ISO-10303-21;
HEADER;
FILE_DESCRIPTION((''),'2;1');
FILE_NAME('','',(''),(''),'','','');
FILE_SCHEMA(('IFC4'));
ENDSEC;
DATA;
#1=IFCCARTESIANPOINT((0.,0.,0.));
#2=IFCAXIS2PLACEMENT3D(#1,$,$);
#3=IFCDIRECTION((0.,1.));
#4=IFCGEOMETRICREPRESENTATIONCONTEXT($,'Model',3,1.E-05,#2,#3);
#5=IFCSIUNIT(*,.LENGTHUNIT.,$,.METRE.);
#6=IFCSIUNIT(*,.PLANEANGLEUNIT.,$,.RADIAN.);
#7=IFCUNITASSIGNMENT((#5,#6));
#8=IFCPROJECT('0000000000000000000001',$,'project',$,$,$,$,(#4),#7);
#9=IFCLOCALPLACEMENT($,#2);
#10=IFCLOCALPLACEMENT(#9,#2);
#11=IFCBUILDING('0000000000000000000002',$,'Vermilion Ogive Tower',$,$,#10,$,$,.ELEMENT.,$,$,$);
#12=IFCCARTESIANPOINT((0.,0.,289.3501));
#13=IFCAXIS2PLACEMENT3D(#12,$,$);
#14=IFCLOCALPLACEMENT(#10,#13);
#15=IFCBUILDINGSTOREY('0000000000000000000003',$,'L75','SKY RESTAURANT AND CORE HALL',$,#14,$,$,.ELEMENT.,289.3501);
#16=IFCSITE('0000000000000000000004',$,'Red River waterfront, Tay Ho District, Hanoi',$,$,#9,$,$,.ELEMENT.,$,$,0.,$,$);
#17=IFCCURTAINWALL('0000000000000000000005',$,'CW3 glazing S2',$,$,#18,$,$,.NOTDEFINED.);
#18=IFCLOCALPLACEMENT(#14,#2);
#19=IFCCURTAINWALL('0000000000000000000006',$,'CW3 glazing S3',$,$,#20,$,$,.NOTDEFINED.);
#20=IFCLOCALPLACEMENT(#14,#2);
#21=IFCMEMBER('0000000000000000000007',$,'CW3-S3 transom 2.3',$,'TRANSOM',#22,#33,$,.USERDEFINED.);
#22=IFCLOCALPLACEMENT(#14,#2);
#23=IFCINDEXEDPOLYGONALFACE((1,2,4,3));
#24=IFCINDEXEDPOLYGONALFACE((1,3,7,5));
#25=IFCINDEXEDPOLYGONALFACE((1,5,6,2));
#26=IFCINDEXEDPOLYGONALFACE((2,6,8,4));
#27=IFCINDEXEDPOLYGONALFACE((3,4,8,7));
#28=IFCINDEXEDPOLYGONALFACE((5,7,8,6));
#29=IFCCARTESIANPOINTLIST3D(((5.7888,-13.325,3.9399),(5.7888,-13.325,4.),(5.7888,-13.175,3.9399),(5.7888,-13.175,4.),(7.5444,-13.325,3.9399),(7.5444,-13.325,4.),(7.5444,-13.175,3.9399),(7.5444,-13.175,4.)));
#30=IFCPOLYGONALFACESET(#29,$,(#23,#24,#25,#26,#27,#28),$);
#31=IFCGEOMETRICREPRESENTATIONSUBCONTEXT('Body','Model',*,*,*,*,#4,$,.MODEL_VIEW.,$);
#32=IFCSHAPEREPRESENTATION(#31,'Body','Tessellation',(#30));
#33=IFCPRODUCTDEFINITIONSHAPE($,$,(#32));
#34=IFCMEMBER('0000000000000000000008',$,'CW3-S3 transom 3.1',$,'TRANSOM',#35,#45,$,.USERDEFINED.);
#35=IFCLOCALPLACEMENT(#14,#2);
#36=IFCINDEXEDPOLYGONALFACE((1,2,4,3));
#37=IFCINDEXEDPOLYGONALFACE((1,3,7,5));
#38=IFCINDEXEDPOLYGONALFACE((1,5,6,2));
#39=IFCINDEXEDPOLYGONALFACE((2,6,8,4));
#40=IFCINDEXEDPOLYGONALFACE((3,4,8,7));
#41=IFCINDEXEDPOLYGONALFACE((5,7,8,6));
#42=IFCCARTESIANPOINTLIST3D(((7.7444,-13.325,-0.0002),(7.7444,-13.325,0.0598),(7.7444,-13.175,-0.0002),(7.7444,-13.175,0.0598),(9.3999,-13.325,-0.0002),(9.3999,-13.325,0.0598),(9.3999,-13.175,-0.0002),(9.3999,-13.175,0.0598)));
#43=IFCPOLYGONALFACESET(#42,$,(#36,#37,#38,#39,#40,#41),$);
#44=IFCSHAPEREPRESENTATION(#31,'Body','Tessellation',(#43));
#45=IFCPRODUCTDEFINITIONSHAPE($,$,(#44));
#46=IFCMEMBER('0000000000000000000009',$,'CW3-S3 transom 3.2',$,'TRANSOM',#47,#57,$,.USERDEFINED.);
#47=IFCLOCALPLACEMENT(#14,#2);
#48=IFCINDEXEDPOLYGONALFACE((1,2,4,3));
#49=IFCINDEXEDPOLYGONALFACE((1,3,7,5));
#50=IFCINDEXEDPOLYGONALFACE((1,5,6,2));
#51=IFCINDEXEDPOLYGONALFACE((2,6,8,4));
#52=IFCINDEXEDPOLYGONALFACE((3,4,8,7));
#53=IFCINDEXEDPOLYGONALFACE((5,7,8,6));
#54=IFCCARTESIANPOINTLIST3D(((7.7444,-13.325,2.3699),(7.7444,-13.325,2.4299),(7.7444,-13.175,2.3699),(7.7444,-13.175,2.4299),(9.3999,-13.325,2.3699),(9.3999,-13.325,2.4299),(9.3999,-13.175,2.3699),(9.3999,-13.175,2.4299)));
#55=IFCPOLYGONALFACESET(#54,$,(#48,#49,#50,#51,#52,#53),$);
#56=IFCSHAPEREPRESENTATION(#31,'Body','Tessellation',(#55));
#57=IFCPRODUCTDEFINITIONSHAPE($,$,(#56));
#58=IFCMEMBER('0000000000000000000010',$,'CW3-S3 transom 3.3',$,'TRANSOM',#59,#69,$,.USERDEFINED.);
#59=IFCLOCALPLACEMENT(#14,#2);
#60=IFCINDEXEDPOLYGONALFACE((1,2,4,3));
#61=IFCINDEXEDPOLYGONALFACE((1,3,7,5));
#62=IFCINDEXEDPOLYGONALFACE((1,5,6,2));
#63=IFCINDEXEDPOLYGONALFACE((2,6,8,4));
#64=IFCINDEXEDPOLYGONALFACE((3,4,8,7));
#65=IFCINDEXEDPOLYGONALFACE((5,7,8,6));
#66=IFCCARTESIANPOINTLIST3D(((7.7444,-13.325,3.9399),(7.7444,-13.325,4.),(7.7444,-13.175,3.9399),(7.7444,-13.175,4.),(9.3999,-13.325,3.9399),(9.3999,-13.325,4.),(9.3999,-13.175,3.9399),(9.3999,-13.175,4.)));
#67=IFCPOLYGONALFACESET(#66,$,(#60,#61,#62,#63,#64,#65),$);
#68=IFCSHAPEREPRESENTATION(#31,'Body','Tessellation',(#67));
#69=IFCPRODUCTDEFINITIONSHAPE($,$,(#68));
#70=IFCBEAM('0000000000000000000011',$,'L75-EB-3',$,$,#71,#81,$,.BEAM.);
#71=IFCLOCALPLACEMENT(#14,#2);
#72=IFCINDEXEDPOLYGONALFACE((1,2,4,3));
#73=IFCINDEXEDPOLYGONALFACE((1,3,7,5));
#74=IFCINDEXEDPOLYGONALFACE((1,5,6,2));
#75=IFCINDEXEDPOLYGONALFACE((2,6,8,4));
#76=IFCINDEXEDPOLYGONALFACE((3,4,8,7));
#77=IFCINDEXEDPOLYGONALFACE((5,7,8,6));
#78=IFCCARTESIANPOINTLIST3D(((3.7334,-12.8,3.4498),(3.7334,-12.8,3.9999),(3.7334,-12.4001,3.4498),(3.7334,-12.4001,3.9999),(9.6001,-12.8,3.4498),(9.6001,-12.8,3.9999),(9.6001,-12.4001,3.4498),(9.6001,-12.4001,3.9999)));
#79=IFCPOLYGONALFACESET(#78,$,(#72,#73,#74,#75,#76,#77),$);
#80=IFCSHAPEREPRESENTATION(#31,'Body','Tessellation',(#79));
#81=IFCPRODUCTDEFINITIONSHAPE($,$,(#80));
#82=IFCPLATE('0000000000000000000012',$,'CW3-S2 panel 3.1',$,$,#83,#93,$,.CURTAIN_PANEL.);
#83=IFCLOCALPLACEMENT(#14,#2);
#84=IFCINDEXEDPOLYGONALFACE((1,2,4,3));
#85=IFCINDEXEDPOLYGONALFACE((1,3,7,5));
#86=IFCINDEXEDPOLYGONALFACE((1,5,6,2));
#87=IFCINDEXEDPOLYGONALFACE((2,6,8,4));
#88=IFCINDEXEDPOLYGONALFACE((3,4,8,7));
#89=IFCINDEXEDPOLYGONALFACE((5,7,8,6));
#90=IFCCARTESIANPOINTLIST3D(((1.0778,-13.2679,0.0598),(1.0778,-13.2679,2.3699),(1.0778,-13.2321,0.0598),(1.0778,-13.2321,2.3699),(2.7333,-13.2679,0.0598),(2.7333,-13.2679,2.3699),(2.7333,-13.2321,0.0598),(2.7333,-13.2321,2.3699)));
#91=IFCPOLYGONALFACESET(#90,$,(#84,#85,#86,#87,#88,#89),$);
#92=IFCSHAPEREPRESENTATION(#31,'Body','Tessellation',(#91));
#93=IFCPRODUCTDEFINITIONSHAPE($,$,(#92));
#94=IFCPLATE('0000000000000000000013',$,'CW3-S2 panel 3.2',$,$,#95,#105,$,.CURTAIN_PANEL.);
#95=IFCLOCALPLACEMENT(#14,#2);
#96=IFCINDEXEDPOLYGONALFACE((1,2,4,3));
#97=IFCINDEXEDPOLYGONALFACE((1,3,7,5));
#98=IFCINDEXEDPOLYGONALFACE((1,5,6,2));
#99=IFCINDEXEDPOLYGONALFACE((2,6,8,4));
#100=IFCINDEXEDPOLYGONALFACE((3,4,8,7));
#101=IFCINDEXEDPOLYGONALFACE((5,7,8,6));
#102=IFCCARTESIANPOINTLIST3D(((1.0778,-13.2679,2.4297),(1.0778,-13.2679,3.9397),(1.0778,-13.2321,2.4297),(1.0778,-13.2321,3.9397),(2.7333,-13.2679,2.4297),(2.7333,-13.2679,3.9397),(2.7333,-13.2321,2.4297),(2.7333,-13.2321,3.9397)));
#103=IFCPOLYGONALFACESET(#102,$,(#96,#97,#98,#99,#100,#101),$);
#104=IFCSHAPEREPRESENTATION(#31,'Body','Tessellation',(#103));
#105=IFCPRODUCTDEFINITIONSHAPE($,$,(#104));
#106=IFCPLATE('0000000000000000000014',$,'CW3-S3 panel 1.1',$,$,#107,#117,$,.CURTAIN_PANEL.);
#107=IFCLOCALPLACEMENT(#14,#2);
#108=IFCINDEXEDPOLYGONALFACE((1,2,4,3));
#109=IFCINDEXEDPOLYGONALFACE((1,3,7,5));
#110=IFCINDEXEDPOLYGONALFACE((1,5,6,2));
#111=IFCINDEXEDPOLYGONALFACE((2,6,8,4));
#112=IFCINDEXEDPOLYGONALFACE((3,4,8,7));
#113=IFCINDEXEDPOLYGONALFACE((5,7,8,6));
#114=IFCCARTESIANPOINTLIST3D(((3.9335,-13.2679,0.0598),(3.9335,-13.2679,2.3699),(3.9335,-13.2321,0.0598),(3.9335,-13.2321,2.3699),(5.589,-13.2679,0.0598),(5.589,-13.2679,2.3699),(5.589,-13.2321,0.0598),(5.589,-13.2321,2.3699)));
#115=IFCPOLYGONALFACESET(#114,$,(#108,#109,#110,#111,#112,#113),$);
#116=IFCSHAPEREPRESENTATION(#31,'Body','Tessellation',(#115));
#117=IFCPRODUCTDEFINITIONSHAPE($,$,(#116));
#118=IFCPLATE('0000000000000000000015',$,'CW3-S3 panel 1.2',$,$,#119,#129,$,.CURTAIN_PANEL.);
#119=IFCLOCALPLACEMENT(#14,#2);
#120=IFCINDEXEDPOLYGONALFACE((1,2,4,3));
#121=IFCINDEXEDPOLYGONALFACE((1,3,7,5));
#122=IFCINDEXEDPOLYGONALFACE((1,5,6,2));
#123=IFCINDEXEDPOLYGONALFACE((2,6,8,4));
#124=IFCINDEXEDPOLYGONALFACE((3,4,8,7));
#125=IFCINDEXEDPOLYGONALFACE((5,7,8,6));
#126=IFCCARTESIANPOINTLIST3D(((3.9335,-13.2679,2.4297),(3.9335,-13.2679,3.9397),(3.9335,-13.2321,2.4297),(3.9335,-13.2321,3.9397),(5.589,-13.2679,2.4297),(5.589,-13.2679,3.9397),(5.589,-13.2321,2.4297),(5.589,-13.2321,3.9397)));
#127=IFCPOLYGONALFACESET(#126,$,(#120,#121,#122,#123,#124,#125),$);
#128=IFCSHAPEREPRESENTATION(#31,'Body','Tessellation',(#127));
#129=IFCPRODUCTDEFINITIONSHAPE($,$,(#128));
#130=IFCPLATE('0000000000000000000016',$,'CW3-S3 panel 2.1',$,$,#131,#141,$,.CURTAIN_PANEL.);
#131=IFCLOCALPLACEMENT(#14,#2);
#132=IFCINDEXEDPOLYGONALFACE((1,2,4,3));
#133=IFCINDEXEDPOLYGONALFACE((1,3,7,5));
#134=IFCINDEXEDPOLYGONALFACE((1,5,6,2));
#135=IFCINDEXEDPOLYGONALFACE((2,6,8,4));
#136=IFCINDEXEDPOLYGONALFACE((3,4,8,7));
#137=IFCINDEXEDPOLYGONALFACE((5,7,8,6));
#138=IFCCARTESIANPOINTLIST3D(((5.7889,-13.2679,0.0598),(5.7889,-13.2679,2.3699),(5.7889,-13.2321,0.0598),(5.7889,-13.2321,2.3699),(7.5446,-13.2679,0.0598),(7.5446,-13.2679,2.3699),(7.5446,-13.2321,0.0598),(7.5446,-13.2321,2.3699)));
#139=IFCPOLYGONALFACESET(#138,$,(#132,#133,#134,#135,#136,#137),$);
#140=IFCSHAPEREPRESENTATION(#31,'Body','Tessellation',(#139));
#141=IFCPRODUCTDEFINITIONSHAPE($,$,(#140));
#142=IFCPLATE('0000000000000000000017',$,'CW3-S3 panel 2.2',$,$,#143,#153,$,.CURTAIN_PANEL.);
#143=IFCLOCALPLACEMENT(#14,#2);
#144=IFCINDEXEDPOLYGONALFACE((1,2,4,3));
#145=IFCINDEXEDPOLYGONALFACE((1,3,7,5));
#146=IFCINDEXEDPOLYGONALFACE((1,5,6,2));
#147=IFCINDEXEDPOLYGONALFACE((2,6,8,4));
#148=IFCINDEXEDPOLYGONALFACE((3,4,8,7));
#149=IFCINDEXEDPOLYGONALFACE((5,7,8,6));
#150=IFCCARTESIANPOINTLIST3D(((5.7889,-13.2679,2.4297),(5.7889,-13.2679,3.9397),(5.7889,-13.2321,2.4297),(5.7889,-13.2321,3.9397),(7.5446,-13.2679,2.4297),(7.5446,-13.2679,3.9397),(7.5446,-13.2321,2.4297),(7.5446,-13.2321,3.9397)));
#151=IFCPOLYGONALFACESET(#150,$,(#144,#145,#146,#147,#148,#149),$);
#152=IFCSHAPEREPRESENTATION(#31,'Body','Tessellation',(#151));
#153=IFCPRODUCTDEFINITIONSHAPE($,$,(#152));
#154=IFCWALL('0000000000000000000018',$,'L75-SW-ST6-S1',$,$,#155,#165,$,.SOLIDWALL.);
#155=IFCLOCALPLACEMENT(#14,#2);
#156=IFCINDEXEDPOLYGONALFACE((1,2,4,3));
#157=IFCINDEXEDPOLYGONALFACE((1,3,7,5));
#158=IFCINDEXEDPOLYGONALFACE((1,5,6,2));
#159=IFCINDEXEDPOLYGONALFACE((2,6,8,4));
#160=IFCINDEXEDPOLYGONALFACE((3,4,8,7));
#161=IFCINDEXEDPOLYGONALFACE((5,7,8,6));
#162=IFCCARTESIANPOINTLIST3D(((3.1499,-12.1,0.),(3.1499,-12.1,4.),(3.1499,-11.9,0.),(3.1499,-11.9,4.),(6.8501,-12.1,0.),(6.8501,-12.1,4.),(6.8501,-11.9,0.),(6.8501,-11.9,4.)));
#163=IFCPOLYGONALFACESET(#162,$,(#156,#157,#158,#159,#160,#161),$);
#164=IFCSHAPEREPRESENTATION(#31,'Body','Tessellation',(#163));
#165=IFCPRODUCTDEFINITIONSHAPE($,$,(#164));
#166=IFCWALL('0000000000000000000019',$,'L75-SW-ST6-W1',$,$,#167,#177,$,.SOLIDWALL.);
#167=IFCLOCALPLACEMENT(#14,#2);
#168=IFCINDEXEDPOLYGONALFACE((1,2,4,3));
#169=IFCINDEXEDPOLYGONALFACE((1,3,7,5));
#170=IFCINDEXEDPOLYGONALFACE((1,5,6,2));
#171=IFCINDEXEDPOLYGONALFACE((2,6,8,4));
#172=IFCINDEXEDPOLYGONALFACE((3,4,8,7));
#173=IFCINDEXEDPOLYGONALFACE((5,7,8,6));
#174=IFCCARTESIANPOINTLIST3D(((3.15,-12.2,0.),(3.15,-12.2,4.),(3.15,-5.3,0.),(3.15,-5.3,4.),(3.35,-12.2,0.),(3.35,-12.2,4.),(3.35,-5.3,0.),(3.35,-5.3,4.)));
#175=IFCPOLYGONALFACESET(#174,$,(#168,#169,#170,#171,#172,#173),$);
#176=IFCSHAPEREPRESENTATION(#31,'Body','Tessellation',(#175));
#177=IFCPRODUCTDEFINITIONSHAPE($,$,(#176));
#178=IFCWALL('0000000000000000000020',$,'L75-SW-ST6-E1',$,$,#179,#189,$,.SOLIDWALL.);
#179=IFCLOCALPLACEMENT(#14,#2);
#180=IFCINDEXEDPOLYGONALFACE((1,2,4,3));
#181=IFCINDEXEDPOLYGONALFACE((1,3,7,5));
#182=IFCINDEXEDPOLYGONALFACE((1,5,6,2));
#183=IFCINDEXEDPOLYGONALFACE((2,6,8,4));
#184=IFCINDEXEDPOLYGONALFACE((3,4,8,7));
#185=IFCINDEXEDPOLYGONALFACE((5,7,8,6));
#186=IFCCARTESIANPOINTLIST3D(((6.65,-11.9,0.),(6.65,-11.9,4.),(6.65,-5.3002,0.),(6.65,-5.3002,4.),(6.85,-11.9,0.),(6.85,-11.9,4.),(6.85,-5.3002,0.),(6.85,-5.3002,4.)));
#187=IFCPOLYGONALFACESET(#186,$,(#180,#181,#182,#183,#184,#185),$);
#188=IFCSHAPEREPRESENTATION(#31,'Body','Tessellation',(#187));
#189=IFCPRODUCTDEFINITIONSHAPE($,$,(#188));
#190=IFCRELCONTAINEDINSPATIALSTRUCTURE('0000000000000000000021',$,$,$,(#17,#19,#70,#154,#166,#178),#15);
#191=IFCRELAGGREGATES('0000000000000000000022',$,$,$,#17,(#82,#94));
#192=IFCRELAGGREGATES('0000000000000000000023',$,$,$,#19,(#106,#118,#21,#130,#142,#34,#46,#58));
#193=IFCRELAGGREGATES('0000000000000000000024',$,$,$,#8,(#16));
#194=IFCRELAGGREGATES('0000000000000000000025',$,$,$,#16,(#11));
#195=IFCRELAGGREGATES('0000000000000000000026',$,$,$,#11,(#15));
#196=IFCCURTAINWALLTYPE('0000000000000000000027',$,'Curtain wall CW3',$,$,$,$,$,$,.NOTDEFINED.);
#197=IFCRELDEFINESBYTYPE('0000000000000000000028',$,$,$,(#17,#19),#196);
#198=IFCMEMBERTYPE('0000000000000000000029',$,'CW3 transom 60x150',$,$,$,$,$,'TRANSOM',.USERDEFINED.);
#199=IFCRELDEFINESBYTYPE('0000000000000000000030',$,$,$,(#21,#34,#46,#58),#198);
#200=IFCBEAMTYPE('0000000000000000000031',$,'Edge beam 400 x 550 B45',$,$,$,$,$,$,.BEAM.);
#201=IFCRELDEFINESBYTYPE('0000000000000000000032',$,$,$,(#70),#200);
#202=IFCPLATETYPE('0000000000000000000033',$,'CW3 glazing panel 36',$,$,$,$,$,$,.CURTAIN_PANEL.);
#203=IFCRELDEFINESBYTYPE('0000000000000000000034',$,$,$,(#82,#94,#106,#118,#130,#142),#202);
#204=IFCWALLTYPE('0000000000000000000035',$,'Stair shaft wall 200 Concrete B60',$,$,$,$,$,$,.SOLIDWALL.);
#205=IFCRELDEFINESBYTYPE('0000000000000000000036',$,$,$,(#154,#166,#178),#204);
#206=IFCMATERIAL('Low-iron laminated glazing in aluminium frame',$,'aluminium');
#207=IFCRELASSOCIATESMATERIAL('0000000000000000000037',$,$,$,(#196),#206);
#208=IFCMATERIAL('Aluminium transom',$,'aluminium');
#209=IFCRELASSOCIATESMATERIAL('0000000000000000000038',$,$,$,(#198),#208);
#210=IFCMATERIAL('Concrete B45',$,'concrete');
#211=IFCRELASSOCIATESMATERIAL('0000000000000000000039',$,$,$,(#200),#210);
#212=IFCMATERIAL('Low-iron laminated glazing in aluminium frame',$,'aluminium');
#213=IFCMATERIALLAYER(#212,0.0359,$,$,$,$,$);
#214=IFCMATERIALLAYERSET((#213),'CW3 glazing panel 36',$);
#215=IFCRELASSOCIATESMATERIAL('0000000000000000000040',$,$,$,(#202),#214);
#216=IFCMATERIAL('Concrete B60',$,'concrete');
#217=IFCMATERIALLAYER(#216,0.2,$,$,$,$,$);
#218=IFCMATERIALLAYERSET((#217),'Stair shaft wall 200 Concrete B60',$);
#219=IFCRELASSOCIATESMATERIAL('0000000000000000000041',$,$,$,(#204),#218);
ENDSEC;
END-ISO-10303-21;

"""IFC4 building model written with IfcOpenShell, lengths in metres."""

from ifc_helpers import new_model, si_unit, direction, frame, frame_2d, origin, origin_2d, place, context, subcontext, project, spatial, rectangle, extrude, material, layer, layer_set, material_profile, profile_set, type_object, element, aggregate, save


model = new_model("IFC4")

# Units and contexts
model_context = context("Model", 3, precision=1e-05, world=origin(), true_north=direction((0.0, 1.0)))
body_context = subcontext(model_context, "Body", "Model", "MODEL_VIEW")
ifc_project = project(units=[si_unit("LENGTHUNIT", "METRE"), si_unit("PLANEANGLEUNIT", "RADIAN")], contexts=[model_context])

# Site, building, storey
site_placement = place(None, origin())
site = spatial("IfcSite", under=ifc_project, at=site_placement, Name="Red River waterfront, Tay Ho District, Hanoi", CompositionType="ELEMENT", RefElevation=0.0)
building_placement = place(site_placement, origin())
building = spatial("IfcBuilding", under=site, at=building_placement, Name="Vermilion Ogive Tower", CompositionType="ELEMENT")
storey_placement = place(building_placement, frame((0.0, 0.0, 289.3501)))
storey = spatial("IfcBuildingStorey", under=building, at=storey_placement, Name="L75", Description="SKY RESTAURANT AND CORE HALL", CompositionType="ELEMENT", Elevation=289.3501)

# Curtain walls
ifc_material_1 = material(Name="Low-iron laminated glazing in aluminium frame", Category="aluminium")
curtain_wall_type = type_object("IfcCurtainWallType", Name="Curtain wall CW3", PredefinedType="NOTDEFINED", material=ifc_material_1)
curtain_wall_1_placement = place(storey_placement, origin())
curtain_wall_1 = element("IfcCurtainWall", 1, at=curtain_wall_1_placement, inside=storey, type_object=curtain_wall_type, Name="CW3 glazing S2", PredefinedType="NOTDEFINED")
curtain_wall_2_placement = place(storey_placement, origin())
curtain_wall_2 = element("IfcCurtainWall", 2, at=curtain_wall_2_placement, inside=storey, type_object=curtain_wall_type, Name="CW3 glazing S3", PredefinedType="NOTDEFINED")

# Members
ifc_material_2 = material(Name="Aluminium transom", Category="aluminium")
ifc_material_profile_1 = material_profile(ifc_material_2, rectangle(XDim=0.1499, YDim=0.0601, at=origin_2d()), Name="AL 60x150")
ifc_profile_set_1 = profile_set([ifc_material_profile_1], Name="Aluminium transom")
member_type_1 = type_object("IfcMemberType", Name="CW3 transom 60x150", ElementType="TRANSOM", PredefinedType="USERDEFINED", material=ifc_profile_set_1)
member_1_placement = place(storey_placement, frame((5.7888, -13.25, 3.97), z_axis=(1.0, 0.0, 0.0), x_axis=(0.0, 1.0, 0.0)))
member_1 = element("IfcMember", 3, at=member_1_placement, type_object=member_type_1, Name="CW3-S3 transom 2.3", ObjectType="TRANSOM", PredefinedType="USERDEFINED", context=body_context, shape_type="SweptSolid", body=[
    extrude(rectangle(XDim=0.1499, YDim=0.0601, at=origin_2d()), origin(), (0.0, 0.0, 1.0), 1.7556),
])
member_2_placement = place(storey_placement, frame((7.7444, -13.25, 0.0298), z_axis=(1.0, 0.0, 0.0), x_axis=(0.0, 1.0, 0.0)))
member_2 = element("IfcMember", 4, at=member_2_placement, type_object=member_type_1, Name="CW3-S3 transom 3.1", ObjectType="TRANSOM", PredefinedType="USERDEFINED", context=body_context, shape_type="SweptSolid", body=[
    extrude(rectangle(XDim=0.1499, YDim=0.0601, at=origin_2d()), origin(), (0.0, 0.0, 1.0), 1.6555),
])
member_3_placement = place(storey_placement, frame((7.7444, -13.25, 2.3999), z_axis=(1.0, 0.0, 0.0), x_axis=(0.0, 1.0, 0.0)))
member_3 = element("IfcMember", 5, at=member_3_placement, type_object=member_type_1, Name="CW3-S3 transom 3.2", ObjectType="TRANSOM", PredefinedType="USERDEFINED", context=body_context, shape_type="SweptSolid", body=[
    extrude(rectangle(XDim=0.1499, YDim=0.0601, at=origin_2d()), origin(), (0.0, 0.0, 1.0), 1.6555),
])
member_4_placement = place(storey_placement, frame((7.7444, -13.25, 3.97), z_axis=(1.0, 0.0, 0.0), x_axis=(0.0, 1.0, 0.0)))
member_4 = element("IfcMember", 6, at=member_4_placement, type_object=member_type_1, Name="CW3-S3 transom 3.3", ObjectType="TRANSOM", PredefinedType="USERDEFINED", context=body_context, shape_type="SweptSolid", body=[
    extrude(rectangle(XDim=0.1499, YDim=0.0601, at=origin_2d()), origin(), (0.0, 0.0, 1.0), 1.6555),
])

# Beam
ifc_material_3 = material(Name="Concrete B45", Category="concrete")
ifc_material_profile_2 = material_profile(ifc_material_3, rectangle(XDim=0.3999, YDim=0.55, at=origin_2d()), Name="400 x 550")
ifc_profile_set_2 = profile_set([ifc_material_profile_2], Name="Concrete B45")
beam_type = type_object("IfcBeamType", Name="Edge beam 400 x 550 B45", PredefinedType="BEAM", material=ifc_profile_set_2)
beam_placement = place(storey_placement, frame((3.7334, -12.6001, 3.7249), z_axis=(1.0, 0.0, 0.0), x_axis=(0.0, 1.0, 0.0)))
element("IfcBeam", 7, at=beam_placement, inside=storey, type_object=beam_type, Name="L75-EB-3", PredefinedType="BEAM", context=body_context, shape_type="SweptSolid", body=[
    extrude(rectangle(XDim=0.3999, YDim=0.55, at=origin_2d()), origin(), (0.0, 0.0, 1.0), 5.8667),
])

# Plates
ifc_material_4 = material(Name="Low-iron laminated glazing in aluminium frame", Category="aluminium")
ifc_layer_1 = layer(ifc_material_4, 0.0359)
ifc_layer_set_1 = layer_set([ifc_layer_1], Name="CW3 glazing panel 36")
plate_type = type_object("IfcPlateType", Name="CW3 glazing panel 36", PredefinedType="CURTAIN_PANEL", material=ifc_layer_set_1)
plate_1_placement = place(storey_placement, frame((1.9055, -13.25, 0.0598), z_axis=(0.0, 0.0, 1.0), x_axis=(1.0, 0.0, 0.0)))
plate_1 = element("IfcPlate", 8, at=plate_1_placement, type_object=plate_type, Name="CW3-S2 panel 3.1", PredefinedType="CURTAIN_PANEL", context=body_context, shape_type="SweptSolid", body=[
    extrude(rectangle(XDim=1.6555, YDim=0.0359, at=origin_2d()), origin(), (0.0, 0.0, 1.0), 2.3101),
])
plate_2_placement = place(storey_placement, frame((1.9055, -13.25, 2.4297), z_axis=(0.0, 0.0, 1.0), x_axis=(1.0, 0.0, 0.0)))
plate_2 = element("IfcPlate", 9, at=plate_2_placement, type_object=plate_type, Name="CW3-S2 panel 3.2", PredefinedType="CURTAIN_PANEL", context=body_context, shape_type="SweptSolid", body=[
    extrude(rectangle(XDim=1.6555, YDim=0.0359, at=origin_2d()), origin(), (0.0, 0.0, 1.0), 1.51),
])
aggregate(curtain_wall_1, [plate_1, plate_2])
plate_3_placement = place(storey_placement, frame((4.7612, -13.25, 0.0598), z_axis=(0.0, 0.0, 1.0), x_axis=(1.0, 0.0, 0.0)))
plate_3 = element("IfcPlate", 10, at=plate_3_placement, type_object=plate_type, Name="CW3-S3 panel 1.1", PredefinedType="CURTAIN_PANEL", context=body_context, shape_type="SweptSolid", body=[
    extrude(rectangle(XDim=1.6555, YDim=0.0359, at=origin_2d()), origin(), (0.0, 0.0, 1.0), 2.3101),
])
plate_4_placement = place(storey_placement, frame((4.7612, -13.25, 2.4297), z_axis=(0.0, 0.0, 1.0), x_axis=(1.0, 0.0, 0.0)))
plate_4 = element("IfcPlate", 11, at=plate_4_placement, type_object=plate_type, Name="CW3-S3 panel 1.2", PredefinedType="CURTAIN_PANEL", context=body_context, shape_type="SweptSolid", body=[
    extrude(rectangle(XDim=1.6555, YDim=0.0359, at=origin_2d()), origin(), (0.0, 0.0, 1.0), 1.51),
])
plate_5_placement = place(storey_placement, frame((6.6667, -13.25, 0.0598), z_axis=(0.0, 0.0, 1.0), x_axis=(1.0, 0.0, 0.0)))
plate_5 = element("IfcPlate", 12, at=plate_5_placement, type_object=plate_type, Name="CW3-S3 panel 2.1", PredefinedType="CURTAIN_PANEL", context=body_context, shape_type="SweptSolid", body=[
    extrude(rectangle(XDim=1.7556, YDim=0.0359, at=origin_2d()), origin(), (0.0, 0.0, 1.0), 2.3101),
])
plate_6_placement = place(storey_placement, frame((6.6667, -13.25, 2.4297), z_axis=(0.0, 0.0, 1.0), x_axis=(1.0, 0.0, 0.0)))
plate_6 = element("IfcPlate", 13, at=plate_6_placement, type_object=plate_type, Name="CW3-S3 panel 2.2", PredefinedType="CURTAIN_PANEL", context=body_context, shape_type="SweptSolid", body=[
    extrude(rectangle(XDim=1.7556, YDim=0.0359, at=origin_2d()), origin(), (0.0, 0.0, 1.0), 1.51),
])
aggregate(curtain_wall_2, [plate_3, plate_4, member_1, plate_5, plate_6, member_2, member_3, member_4])

# Walls
ifc_material_5 = material(Name="Concrete B60", Category="concrete")
ifc_layer_2 = layer(ifc_material_5, 0.2)
ifc_layer_set_2 = layer_set([ifc_layer_2], Name="Stair shaft wall 200 Concrete B60")
wall_type = type_object("IfcWallType", Name="Stair shaft wall 200 Concrete B60", PredefinedType="SOLIDWALL", material=ifc_layer_set_2)
wall_1_placement = place(storey_placement, frame((3.1499, -12.0, 0.0), z_axis=(0.0, 0.0, 1.0), x_axis=(1.0, 0.0, 0.0)))
element("IfcWall", 14, at=wall_1_placement, inside=storey, type_object=wall_type, Name="L75-SW-ST6-S1", PredefinedType="SOLIDWALL", context=body_context, shape_type="SweptSolid", body=[
    extrude(rectangle(XDim=3.7002, YDim=0.2, at=frame_2d((1.8501, 0.0))), origin(), (0.0, 0.0, 1.0), 4.0),
])
wall_2_placement = place(storey_placement, frame((3.25, -12.2, 0.0), z_axis=(0.0, 0.0, 1.0), x_axis=(0.0, 1.0, 0.0)))
element("IfcWall", 15, at=wall_2_placement, inside=storey, type_object=wall_type, Name="L75-SW-ST6-W1", PredefinedType="SOLIDWALL", context=body_context, shape_type="SweptSolid", body=[
    extrude(rectangle(XDim=6.8999, YDim=0.2, at=frame_2d((3.45, 0.0))), origin(), (0.0, 0.0, 1.0), 4.0),
])
wall_3_placement = place(storey_placement, frame((6.75, -11.8999, 0.0), z_axis=(0.0, 0.0, 1.0), x_axis=(0.0, 1.0, 0.0)))
element("IfcWall", 16, at=wall_3_placement, inside=storey, type_object=wall_type, Name="L75-SW-ST6-E1", PredefinedType="SOLIDWALL", context=body_context, shape_type="SweptSolid", body=[
    extrude(rectangle(XDim=6.5999, YDim=0.2, at=frame_2d((3.2998, 0.0))), origin(), (0.0, 0.0, 1.0), 4.0),
])

save(model, "model.ifc")
